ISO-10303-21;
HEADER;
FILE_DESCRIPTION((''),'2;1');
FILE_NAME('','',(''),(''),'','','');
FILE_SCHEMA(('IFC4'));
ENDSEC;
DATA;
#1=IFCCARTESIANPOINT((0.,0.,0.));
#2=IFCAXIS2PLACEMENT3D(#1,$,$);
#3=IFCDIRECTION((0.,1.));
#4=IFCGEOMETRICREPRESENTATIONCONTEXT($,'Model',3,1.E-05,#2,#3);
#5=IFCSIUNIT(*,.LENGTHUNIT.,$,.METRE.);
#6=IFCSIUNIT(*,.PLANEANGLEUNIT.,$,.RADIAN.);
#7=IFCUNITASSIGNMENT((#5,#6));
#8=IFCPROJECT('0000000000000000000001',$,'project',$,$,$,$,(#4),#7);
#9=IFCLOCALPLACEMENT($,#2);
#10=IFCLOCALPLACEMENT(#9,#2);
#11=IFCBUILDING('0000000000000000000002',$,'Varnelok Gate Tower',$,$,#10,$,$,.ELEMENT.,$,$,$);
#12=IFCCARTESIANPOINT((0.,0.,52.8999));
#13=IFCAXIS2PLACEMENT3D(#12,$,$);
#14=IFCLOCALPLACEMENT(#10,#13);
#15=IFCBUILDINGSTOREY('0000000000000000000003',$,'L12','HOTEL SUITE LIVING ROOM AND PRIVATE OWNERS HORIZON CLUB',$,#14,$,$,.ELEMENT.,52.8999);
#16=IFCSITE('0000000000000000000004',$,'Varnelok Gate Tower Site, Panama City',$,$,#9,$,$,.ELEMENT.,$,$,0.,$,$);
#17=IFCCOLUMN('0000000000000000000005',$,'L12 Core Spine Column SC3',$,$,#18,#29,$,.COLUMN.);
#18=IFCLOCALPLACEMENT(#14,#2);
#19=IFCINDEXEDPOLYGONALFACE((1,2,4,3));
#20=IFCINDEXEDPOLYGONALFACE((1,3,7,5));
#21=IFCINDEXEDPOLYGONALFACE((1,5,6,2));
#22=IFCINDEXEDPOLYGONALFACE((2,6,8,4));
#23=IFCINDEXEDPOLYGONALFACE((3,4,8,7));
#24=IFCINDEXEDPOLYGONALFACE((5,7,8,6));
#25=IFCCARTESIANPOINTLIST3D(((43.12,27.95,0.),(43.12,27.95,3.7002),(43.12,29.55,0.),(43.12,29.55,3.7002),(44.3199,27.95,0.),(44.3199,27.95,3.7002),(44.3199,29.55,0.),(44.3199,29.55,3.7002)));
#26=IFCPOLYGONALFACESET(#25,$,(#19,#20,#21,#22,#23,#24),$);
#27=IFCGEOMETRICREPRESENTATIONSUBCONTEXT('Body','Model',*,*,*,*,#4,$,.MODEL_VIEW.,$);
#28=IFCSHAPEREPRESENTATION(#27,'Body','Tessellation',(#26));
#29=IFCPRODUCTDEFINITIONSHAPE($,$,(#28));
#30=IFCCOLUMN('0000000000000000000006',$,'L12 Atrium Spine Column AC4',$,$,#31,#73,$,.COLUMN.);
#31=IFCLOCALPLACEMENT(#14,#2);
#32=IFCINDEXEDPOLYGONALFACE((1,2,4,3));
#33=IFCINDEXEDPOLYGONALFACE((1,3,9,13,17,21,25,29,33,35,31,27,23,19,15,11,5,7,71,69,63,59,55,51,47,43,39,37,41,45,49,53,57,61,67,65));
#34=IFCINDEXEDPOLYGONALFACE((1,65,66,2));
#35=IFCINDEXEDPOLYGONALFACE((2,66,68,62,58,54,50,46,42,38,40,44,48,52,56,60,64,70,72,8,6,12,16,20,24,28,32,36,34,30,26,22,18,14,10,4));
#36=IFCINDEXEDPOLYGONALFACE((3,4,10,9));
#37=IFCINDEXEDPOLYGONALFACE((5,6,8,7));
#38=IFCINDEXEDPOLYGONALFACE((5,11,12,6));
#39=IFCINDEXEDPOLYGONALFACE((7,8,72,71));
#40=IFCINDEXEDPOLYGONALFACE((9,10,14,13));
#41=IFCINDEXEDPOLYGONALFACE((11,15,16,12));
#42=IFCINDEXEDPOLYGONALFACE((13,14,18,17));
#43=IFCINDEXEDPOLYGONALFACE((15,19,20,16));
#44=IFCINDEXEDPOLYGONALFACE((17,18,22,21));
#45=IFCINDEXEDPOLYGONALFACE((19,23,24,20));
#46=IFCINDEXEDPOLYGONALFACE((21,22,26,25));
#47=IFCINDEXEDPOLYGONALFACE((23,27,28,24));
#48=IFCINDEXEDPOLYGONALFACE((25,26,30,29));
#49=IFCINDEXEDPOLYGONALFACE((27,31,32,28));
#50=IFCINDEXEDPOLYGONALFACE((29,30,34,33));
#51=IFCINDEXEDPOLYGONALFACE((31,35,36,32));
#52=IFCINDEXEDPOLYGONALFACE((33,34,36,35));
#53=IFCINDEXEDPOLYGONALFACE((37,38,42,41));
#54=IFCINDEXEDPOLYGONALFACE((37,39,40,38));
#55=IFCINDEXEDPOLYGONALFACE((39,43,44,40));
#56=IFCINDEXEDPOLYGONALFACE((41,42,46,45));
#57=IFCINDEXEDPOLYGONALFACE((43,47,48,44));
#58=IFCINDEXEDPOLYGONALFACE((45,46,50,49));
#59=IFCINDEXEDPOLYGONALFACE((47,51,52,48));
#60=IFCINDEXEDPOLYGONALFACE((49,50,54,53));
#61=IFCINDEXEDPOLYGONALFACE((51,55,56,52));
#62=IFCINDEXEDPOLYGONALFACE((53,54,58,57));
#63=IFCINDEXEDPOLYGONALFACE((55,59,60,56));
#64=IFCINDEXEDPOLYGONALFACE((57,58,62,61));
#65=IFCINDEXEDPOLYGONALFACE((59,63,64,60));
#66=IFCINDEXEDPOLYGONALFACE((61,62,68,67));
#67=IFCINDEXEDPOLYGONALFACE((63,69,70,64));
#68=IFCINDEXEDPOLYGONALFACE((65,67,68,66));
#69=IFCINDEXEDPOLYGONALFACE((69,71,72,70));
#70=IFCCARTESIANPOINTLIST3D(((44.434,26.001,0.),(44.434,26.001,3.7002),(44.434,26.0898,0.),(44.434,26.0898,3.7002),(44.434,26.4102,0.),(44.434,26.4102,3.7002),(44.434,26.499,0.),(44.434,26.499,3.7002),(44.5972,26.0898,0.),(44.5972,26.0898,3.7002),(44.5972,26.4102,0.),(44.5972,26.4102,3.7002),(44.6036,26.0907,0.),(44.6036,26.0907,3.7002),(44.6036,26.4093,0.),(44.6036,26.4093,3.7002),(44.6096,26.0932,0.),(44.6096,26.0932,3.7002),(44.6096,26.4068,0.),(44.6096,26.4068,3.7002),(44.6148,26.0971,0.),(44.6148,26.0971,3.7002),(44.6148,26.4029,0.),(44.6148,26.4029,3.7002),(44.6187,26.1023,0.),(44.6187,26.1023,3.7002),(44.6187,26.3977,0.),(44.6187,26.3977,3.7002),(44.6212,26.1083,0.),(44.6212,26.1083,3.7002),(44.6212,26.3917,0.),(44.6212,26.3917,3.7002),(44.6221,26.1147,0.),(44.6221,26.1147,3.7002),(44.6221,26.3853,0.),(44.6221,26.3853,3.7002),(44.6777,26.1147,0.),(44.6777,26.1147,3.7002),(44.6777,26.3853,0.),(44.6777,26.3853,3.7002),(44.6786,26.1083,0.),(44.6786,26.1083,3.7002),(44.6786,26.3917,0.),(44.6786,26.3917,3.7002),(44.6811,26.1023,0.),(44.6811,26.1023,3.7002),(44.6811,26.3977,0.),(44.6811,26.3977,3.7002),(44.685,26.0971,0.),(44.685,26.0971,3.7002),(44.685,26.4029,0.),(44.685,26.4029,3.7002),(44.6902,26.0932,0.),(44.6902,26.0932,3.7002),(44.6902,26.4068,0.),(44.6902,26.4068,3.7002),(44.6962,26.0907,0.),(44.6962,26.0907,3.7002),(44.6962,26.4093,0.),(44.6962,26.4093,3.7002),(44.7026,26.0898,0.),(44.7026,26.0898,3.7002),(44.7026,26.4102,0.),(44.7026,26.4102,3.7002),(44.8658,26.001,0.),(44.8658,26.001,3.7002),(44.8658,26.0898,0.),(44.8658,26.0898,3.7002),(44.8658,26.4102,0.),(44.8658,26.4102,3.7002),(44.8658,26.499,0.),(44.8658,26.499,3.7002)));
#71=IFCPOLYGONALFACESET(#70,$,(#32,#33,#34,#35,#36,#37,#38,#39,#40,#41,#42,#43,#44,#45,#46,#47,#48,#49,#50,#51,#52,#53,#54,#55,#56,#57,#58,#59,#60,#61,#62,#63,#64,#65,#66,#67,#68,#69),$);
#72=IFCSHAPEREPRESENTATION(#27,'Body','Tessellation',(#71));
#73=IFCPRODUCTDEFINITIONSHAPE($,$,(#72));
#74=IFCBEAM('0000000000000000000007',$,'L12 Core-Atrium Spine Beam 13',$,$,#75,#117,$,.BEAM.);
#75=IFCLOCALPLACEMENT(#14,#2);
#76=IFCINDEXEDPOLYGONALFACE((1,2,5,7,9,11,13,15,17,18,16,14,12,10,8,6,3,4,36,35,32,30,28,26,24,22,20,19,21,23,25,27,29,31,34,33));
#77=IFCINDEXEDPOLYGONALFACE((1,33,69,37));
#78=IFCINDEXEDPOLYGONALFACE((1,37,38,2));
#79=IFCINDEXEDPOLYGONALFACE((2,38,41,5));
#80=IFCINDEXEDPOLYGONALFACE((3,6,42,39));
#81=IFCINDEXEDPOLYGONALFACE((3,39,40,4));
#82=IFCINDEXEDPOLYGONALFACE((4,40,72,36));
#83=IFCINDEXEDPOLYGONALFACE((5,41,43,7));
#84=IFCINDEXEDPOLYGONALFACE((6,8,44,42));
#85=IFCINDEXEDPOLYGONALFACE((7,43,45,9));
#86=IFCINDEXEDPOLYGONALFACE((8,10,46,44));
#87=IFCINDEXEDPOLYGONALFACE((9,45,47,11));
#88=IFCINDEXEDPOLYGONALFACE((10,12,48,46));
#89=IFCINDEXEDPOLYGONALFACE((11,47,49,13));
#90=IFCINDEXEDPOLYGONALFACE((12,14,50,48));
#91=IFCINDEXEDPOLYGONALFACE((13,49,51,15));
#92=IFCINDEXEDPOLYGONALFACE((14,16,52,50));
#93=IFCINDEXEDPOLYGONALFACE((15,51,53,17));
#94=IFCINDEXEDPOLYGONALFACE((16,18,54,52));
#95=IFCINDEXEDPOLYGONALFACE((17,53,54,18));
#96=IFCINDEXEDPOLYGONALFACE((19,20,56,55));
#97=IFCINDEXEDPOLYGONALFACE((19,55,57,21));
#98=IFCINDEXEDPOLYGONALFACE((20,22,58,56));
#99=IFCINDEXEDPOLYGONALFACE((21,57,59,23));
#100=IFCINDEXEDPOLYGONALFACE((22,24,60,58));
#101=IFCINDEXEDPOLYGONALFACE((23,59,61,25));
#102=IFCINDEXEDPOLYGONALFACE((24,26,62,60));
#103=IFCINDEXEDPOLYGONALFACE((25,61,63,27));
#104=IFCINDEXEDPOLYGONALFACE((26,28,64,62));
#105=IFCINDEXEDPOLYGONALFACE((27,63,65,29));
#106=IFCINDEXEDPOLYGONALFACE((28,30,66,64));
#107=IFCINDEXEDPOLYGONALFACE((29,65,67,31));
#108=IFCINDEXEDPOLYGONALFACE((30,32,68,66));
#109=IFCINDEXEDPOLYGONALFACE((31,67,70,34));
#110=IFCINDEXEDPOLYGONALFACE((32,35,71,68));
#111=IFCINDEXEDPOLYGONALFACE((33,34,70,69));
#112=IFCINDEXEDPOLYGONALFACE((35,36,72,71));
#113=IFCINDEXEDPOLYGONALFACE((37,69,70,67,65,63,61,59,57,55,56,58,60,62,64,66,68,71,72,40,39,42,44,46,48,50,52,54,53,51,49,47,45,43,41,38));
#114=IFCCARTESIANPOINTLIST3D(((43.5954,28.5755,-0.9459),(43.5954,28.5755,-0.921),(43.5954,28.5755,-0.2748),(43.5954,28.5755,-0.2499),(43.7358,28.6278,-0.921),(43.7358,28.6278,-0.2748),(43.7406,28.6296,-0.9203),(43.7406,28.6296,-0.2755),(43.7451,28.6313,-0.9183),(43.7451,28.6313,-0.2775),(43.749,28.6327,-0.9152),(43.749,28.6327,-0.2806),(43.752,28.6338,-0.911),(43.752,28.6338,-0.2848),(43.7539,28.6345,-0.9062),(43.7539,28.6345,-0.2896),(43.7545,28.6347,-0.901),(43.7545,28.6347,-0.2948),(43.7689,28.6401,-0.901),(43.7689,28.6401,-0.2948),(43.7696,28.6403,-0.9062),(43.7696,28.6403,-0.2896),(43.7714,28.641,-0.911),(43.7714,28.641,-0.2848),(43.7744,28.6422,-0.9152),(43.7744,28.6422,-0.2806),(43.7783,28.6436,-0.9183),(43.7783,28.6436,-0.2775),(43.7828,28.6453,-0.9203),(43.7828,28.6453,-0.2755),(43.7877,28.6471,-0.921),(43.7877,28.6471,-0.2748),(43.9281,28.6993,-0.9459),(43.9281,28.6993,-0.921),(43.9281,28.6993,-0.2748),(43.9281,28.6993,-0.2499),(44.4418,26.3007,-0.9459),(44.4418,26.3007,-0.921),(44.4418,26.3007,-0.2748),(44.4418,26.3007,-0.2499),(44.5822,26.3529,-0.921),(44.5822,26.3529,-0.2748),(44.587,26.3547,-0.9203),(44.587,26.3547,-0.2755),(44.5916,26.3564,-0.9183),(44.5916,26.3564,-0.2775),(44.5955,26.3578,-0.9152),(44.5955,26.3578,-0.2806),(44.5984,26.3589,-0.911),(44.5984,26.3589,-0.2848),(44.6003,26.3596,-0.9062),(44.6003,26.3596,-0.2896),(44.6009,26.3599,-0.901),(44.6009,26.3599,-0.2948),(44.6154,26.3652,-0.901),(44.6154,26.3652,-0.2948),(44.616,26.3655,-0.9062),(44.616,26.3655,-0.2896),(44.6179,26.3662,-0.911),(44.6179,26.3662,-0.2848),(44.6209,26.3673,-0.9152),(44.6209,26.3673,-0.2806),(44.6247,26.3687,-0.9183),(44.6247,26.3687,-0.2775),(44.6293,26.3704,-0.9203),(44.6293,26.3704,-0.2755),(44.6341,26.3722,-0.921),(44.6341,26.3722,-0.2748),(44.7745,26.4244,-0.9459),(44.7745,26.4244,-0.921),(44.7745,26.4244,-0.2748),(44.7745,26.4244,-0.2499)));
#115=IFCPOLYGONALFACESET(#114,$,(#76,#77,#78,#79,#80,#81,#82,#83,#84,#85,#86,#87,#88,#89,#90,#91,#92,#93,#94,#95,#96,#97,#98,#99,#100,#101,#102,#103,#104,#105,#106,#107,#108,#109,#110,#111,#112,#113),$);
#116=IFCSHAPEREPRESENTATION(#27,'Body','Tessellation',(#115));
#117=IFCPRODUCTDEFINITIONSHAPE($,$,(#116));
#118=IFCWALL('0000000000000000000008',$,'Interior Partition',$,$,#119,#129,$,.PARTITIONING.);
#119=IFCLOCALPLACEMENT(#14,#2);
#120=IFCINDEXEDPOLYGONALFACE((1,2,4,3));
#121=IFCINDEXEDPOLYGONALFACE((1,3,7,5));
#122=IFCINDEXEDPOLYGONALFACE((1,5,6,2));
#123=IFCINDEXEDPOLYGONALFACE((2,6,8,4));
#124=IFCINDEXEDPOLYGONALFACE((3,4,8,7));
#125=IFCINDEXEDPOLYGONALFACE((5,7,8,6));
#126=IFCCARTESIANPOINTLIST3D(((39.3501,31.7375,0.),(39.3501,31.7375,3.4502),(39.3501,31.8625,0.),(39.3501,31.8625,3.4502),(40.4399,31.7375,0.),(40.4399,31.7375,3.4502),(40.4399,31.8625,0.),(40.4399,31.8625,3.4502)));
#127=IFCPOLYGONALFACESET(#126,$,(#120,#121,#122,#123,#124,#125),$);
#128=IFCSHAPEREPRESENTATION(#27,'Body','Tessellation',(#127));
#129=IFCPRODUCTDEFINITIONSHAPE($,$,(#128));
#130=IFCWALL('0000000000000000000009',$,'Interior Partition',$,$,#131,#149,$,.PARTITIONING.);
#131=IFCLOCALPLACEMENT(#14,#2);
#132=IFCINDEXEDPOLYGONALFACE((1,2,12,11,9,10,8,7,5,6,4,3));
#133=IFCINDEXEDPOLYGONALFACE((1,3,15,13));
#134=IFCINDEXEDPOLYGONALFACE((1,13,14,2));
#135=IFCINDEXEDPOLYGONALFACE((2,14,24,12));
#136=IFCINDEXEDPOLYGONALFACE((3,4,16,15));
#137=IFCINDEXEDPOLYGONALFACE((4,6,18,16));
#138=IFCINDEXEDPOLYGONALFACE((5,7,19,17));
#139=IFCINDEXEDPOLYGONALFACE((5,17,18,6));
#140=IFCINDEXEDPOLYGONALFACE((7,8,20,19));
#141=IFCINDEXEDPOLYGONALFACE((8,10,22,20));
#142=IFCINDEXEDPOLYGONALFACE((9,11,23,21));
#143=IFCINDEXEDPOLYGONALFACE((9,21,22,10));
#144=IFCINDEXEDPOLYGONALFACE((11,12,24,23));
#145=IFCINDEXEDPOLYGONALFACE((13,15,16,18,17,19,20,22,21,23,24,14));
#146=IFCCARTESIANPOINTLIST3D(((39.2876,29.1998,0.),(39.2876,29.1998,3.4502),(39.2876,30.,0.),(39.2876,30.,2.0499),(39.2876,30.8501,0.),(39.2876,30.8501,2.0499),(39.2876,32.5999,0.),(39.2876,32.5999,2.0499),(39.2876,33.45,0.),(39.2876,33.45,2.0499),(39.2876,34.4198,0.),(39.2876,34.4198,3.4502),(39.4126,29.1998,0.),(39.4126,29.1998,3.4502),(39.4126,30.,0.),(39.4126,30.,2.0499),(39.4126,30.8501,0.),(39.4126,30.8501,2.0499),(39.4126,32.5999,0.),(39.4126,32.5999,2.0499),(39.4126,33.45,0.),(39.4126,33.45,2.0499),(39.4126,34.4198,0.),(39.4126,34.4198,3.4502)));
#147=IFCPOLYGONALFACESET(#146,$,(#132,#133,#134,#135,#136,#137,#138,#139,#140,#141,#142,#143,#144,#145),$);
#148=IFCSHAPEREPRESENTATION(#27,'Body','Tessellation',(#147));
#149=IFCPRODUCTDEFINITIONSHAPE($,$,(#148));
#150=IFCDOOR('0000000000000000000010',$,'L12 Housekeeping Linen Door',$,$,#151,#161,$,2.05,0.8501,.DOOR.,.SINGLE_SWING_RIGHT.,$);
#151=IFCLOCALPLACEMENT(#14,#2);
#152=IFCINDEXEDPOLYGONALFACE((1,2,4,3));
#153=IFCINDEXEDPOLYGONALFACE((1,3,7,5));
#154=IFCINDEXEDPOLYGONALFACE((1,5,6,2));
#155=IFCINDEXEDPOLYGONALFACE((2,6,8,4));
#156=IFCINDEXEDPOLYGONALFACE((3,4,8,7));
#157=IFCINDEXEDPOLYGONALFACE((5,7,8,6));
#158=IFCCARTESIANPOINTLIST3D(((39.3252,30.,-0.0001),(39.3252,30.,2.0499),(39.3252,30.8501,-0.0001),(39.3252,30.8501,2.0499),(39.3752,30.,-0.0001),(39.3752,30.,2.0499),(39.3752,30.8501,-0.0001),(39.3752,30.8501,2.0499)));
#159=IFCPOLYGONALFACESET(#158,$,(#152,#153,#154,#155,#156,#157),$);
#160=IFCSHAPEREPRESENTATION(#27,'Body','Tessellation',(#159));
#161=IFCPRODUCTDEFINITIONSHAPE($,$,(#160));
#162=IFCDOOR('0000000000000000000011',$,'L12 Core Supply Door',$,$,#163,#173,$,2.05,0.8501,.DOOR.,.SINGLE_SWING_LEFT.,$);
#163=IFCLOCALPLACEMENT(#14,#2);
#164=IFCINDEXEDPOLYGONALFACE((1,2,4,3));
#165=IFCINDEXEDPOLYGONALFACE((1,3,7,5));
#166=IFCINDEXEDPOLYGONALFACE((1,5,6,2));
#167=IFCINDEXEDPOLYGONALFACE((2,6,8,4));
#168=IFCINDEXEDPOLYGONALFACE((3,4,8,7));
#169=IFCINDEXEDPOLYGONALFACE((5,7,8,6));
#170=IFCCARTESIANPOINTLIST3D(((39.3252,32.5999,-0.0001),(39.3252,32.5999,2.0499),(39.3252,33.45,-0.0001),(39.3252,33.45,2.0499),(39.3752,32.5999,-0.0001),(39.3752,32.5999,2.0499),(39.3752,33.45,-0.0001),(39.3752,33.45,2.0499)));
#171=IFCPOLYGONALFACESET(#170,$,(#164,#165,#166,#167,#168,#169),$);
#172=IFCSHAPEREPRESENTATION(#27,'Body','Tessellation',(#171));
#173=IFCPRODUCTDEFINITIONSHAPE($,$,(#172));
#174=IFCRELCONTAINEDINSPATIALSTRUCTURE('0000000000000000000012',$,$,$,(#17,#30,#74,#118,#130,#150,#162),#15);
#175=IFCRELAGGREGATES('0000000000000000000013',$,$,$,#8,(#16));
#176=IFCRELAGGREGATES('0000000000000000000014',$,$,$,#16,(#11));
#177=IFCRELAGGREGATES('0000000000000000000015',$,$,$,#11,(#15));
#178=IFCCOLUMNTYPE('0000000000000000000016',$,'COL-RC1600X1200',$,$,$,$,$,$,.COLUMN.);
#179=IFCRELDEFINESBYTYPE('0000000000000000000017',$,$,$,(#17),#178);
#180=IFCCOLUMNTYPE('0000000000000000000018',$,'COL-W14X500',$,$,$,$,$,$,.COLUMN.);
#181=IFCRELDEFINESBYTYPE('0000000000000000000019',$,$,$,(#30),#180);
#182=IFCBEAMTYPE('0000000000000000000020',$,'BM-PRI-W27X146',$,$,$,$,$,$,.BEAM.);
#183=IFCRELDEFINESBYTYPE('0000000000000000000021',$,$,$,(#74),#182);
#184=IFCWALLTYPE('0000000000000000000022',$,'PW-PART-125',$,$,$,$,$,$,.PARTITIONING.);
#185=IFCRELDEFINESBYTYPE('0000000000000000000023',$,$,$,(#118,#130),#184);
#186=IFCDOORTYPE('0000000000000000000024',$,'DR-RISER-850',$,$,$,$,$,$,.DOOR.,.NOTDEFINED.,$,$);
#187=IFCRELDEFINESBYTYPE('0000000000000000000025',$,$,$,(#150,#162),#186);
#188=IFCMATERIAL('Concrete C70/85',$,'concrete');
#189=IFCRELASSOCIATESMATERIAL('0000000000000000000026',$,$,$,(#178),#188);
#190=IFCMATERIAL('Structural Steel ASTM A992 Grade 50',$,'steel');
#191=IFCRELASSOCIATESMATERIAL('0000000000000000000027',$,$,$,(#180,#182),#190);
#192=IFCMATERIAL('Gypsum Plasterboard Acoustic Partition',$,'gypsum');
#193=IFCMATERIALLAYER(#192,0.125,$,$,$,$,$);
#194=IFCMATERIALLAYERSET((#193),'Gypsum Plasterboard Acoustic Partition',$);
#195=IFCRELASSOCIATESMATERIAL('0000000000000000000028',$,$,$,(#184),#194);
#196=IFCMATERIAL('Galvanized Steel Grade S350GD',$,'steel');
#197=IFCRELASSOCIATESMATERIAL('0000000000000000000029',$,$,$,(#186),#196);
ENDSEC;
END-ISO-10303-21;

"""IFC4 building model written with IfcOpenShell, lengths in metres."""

from ifc_helpers import new_model, si_unit, direction, frame, frame_2d, origin, origin_2d, place, context, subcontext, project, spatial, rectangle, i_section, extrude, material, layer, layer_set, material_profile, profile_set, type_object, element, fill, save


model = new_model("IFC4")

# Units and contexts
model_context = context("Model", 3, precision=1e-05, world=origin(), true_north=direction((0.0, 1.0)))
body_context = subcontext(model_context, "Body", "Model", "MODEL_VIEW")
ifc_project = project(units=[si_unit("LENGTHUNIT", "METRE"), si_unit("PLANEANGLEUNIT", "RADIAN")], contexts=[model_context])

# Site, building, storey
site_placement = place(None, origin())
site = spatial("IfcSite", under=ifc_project, at=site_placement, Name="Varnelok Gate Tower Site, Panama City", CompositionType="ELEMENT", RefElevation=0.0)
building_placement = place(site_placement, origin())
building = spatial("IfcBuilding", under=site, at=building_placement, Name="Varnelok Gate Tower", CompositionType="ELEMENT")
storey_placement = place(building_placement, frame((0.0, 0.0, 52.8999)))
storey = spatial("IfcBuildingStorey", under=building, at=storey_placement, Name="L12", Description="HOTEL SUITE LIVING ROOM AND PRIVATE OWNERS HORIZON CLUB", CompositionType="ELEMENT", Elevation=52.8999)

# Columns
ifc_material_1 = material(Name="Concrete C70/85", Category="concrete")
ifc_material_profile_1 = material_profile(ifc_material_1, rectangle(XDim=1.2, YDim=1.6001, at=origin_2d()), Name="RC1600X1200")
ifc_profile_set_1 = profile_set([ifc_material_profile_1], Name="Concrete C70/85")
column_type_1 = type_object("IfcColumnType", Name="COL-RC1600X1200", PredefinedType="COLUMN", material=ifc_profile_set_1)
column_1_placement = place(storey_placement, frame((43.72, 28.75, 0.0), z_axis=(0.0, 0.0, 1.0), x_axis=(1.0, 0.0, 0.0)))
element("IfcColumn", 1, at=column_1_placement, inside=storey, type_object=column_type_1, Name="L12 Core Spine Column SC3", PredefinedType="COLUMN", context=body_context, shape_type="SweptSolid", body=[
    extrude(rectangle(XDim=1.2, YDim=1.6001, at=origin_2d()), origin(), (0.0, 0.0, 1.0), 3.7002),
])
ifc_material_2 = material(Name="Structural Steel ASTM A992 Grade 50", Category="steel")
ifc_material_profile_2 = material_profile(ifc_material_2, i_section(OverallWidth=0.4319, OverallDepth=0.498, WebThickness=0.0557, FlangeThickness=0.0889, FilletRadius=0.0249, at=origin_2d()), Name="W14X500")
ifc_profile_set_2 = profile_set([ifc_material_profile_2], Name="Structural Steel ASTM A992 Grade 50")
column_type_2 = type_object("IfcColumnType", Name="COL-W14X500", PredefinedType="COLUMN", material=ifc_profile_set_2)
column_2_placement = place(storey_placement, frame((44.6499, 26.25, 0.0), z_axis=(0.0, 0.0, 1.0), x_axis=(1.0, 0.0, 0.0)))
element("IfcColumn", 2, at=column_2_placement, inside=storey, type_object=column_type_2, Name="L12 Atrium Spine Column AC4", PredefinedType="COLUMN", context=body_context, shape_type="SweptSolid", body=[
    extrude(i_section(OverallWidth=0.4319, OverallDepth=0.498, WebThickness=0.0557, FlangeThickness=0.0889, FilletRadius=0.0249, at=origin_2d()), origin(), (0.0, 0.0, 1.0), 3.7002),
])

# Beam
ifc_material_profile_3 = material_profile(ifc_material_2, i_section(OverallWidth=0.355, OverallDepth=0.696, WebThickness=0.0154, FlangeThickness=0.0249, FilletRadius=0.02, at=origin_2d()), Name="W27X146")
ifc_profile_set_3 = profile_set([ifc_material_profile_3], Name="Structural Steel ASTM A992 Grade 50")
beam_type = type_object("IfcBeamType", Name="BM-PRI-W27X146", PredefinedType="BEAM", material=ifc_profile_set_3)
beam_placement = place(storey_placement, frame((44.6082, 26.3625, -0.5979), z_axis=(-0.348719, 0.937227, 0.0), x_axis=(-0.937227, -0.348719, 0.0)))
element("IfcBeam", 3, at=beam_placement, inside=storey, type_object=beam_type, Name="L12 Core-Atrium Spine Beam 13", PredefinedType="BEAM", context=body_context, shape_type="SweptSolid", body=[
    extrude(i_section(OverallWidth=0.355, OverallDepth=0.696, WebThickness=0.0154, FlangeThickness=0.0249, FilletRadius=0.02, at=origin_2d()), origin(), (0.0, 0.0, 1.0), 2.4272),
])

# Wall
ifc_material_3 = material(Name="Gypsum Plasterboard Acoustic Partition", Category="gypsum")
ifc_layer_1 = layer(ifc_material_3, 0.125)
ifc_layer_set_1 = layer_set([ifc_layer_1], Name="Gypsum Plasterboard Acoustic Partition")
wall_type_1 = type_object("IfcWallType", Name="PW-PART-125", PredefinedType="PARTITIONING", material=ifc_layer_set_1)
wall_1_placement = place(storey_placement, frame((39.3501, 31.8, 0.0), z_axis=(0.0, 0.0, 1.0), x_axis=(1.0, 0.0, 0.0)))
element("IfcWall", 4, at=wall_1_placement, inside=storey, type_object=wall_type_1, Name="Interior Partition", PredefinedType="PARTITIONING", context=body_context, shape_type="SweptSolid", body=[
    extrude(rectangle(XDim=1.0898, YDim=0.125, at=frame_2d((0.5449, 0.0))), origin(), (0.0, 0.0, 1.0), 3.4502),
])

# Wall, openings, doors
wall_2_placement = place(storey_placement, frame((39.3501, 29.2, 0.0), z_axis=(0.0, 0.0, 1.0), x_axis=(0.0, 1.0, 0.0)))
wall_2 = element("IfcWall", 5, at=wall_2_placement, inside=storey, type_object=wall_type_1, Name="Interior Partition", PredefinedType="PARTITIONING", context=body_context, shape_type="SweptSolid", body=[
    extrude(rectangle(XDim=5.22, YDim=0.125, at=frame_2d((2.6099, 0.0))), origin(), (0.0, 0.0, 1.0), 3.4502),
])
opening_1_placement = place(wall_2_placement, frame((0.8, 0.0, 0.0)))
opening_1 = element("IfcOpeningElement", 6, at=opening_1_placement, cuts=wall_2, PredefinedType="OPENING", context=body_context, shape_type="SweptSolid", body=[
    extrude(rectangle(XDim=0.8501, YDim=2.05, at=frame_2d((0.425, 1.0249))), frame((0.0, 0.0725, 0.0), z_axis=(0.0, -1.0, 0.0), x_axis=(1.0, 0.0, 0.0)), (0.0, 0.0, 1.0), 0.145),
])
opening_2_placement = place(wall_2_placement, frame((3.3999, 0.0, 0.0)))
opening_2 = element("IfcOpeningElement", 7, at=opening_2_placement, cuts=wall_2, PredefinedType="OPENING", context=body_context, shape_type="SweptSolid", body=[
    extrude(rectangle(XDim=0.8501, YDim=2.05, at=frame_2d((0.425, 1.0249))), frame((0.0, 0.0725, 0.0), z_axis=(0.0, -1.0, 0.0), x_axis=(1.0, 0.0, 0.0)), (0.0, 0.0, 1.0), 0.145),
])
ifc_material_4 = material(Name="Galvanized Steel Grade S350GD", Category="steel")
door_type_1 = type_object("IfcDoorType", Name="DR-RISER-850", OperationType="NOTDEFINED", PredefinedType="DOOR", material=ifc_material_4)
door_1_placement = place(opening_1_placement, origin())
door_1 = element("IfcDoor", 8, at=door_1_placement, inside=storey, type_object=door_type_1, Name="L12 Housekeeping Linen Door", OperationType="SINGLE_SWING_RIGHT", OverallHeight=2.05, OverallWidth=0.8501, PredefinedType="DOOR", context=body_context, shape_type="SweptSolid", body=[
    extrude(rectangle(XDim=0.8501, YDim=2.05, at=frame_2d((0.425, 1.0249))), frame((0.0, 0.0249, 0.0), z_axis=(0.0, -1.0, 0.0), x_axis=(1.0, 0.0, 0.0)), (0.0, 0.0, 1.0), 0.05),
])
fill(opening_1, door_1)
door_2_placement = place(opening_2_placement, origin())
door_2 = element("IfcDoor", 9, at=door_2_placement, inside=storey, type_object=door_type_1, Name="L12 Core Supply Door", OperationType="SINGLE_SWING_LEFT", OverallHeight=2.05, OverallWidth=0.8501, PredefinedType="DOOR", context=body_context, shape_type="SweptSolid", body=[
    extrude(rectangle(XDim=0.8501, YDim=2.05, at=frame_2d((0.425, 1.0249))), frame((0.0, 0.0249, 0.0), z_axis=(0.0, -1.0, 0.0), x_axis=(1.0, 0.0, 0.0)), (0.0, 0.0, 1.0), 0.05),
])
fill(opening_2, door_2)

save(model, "model.ifc")
